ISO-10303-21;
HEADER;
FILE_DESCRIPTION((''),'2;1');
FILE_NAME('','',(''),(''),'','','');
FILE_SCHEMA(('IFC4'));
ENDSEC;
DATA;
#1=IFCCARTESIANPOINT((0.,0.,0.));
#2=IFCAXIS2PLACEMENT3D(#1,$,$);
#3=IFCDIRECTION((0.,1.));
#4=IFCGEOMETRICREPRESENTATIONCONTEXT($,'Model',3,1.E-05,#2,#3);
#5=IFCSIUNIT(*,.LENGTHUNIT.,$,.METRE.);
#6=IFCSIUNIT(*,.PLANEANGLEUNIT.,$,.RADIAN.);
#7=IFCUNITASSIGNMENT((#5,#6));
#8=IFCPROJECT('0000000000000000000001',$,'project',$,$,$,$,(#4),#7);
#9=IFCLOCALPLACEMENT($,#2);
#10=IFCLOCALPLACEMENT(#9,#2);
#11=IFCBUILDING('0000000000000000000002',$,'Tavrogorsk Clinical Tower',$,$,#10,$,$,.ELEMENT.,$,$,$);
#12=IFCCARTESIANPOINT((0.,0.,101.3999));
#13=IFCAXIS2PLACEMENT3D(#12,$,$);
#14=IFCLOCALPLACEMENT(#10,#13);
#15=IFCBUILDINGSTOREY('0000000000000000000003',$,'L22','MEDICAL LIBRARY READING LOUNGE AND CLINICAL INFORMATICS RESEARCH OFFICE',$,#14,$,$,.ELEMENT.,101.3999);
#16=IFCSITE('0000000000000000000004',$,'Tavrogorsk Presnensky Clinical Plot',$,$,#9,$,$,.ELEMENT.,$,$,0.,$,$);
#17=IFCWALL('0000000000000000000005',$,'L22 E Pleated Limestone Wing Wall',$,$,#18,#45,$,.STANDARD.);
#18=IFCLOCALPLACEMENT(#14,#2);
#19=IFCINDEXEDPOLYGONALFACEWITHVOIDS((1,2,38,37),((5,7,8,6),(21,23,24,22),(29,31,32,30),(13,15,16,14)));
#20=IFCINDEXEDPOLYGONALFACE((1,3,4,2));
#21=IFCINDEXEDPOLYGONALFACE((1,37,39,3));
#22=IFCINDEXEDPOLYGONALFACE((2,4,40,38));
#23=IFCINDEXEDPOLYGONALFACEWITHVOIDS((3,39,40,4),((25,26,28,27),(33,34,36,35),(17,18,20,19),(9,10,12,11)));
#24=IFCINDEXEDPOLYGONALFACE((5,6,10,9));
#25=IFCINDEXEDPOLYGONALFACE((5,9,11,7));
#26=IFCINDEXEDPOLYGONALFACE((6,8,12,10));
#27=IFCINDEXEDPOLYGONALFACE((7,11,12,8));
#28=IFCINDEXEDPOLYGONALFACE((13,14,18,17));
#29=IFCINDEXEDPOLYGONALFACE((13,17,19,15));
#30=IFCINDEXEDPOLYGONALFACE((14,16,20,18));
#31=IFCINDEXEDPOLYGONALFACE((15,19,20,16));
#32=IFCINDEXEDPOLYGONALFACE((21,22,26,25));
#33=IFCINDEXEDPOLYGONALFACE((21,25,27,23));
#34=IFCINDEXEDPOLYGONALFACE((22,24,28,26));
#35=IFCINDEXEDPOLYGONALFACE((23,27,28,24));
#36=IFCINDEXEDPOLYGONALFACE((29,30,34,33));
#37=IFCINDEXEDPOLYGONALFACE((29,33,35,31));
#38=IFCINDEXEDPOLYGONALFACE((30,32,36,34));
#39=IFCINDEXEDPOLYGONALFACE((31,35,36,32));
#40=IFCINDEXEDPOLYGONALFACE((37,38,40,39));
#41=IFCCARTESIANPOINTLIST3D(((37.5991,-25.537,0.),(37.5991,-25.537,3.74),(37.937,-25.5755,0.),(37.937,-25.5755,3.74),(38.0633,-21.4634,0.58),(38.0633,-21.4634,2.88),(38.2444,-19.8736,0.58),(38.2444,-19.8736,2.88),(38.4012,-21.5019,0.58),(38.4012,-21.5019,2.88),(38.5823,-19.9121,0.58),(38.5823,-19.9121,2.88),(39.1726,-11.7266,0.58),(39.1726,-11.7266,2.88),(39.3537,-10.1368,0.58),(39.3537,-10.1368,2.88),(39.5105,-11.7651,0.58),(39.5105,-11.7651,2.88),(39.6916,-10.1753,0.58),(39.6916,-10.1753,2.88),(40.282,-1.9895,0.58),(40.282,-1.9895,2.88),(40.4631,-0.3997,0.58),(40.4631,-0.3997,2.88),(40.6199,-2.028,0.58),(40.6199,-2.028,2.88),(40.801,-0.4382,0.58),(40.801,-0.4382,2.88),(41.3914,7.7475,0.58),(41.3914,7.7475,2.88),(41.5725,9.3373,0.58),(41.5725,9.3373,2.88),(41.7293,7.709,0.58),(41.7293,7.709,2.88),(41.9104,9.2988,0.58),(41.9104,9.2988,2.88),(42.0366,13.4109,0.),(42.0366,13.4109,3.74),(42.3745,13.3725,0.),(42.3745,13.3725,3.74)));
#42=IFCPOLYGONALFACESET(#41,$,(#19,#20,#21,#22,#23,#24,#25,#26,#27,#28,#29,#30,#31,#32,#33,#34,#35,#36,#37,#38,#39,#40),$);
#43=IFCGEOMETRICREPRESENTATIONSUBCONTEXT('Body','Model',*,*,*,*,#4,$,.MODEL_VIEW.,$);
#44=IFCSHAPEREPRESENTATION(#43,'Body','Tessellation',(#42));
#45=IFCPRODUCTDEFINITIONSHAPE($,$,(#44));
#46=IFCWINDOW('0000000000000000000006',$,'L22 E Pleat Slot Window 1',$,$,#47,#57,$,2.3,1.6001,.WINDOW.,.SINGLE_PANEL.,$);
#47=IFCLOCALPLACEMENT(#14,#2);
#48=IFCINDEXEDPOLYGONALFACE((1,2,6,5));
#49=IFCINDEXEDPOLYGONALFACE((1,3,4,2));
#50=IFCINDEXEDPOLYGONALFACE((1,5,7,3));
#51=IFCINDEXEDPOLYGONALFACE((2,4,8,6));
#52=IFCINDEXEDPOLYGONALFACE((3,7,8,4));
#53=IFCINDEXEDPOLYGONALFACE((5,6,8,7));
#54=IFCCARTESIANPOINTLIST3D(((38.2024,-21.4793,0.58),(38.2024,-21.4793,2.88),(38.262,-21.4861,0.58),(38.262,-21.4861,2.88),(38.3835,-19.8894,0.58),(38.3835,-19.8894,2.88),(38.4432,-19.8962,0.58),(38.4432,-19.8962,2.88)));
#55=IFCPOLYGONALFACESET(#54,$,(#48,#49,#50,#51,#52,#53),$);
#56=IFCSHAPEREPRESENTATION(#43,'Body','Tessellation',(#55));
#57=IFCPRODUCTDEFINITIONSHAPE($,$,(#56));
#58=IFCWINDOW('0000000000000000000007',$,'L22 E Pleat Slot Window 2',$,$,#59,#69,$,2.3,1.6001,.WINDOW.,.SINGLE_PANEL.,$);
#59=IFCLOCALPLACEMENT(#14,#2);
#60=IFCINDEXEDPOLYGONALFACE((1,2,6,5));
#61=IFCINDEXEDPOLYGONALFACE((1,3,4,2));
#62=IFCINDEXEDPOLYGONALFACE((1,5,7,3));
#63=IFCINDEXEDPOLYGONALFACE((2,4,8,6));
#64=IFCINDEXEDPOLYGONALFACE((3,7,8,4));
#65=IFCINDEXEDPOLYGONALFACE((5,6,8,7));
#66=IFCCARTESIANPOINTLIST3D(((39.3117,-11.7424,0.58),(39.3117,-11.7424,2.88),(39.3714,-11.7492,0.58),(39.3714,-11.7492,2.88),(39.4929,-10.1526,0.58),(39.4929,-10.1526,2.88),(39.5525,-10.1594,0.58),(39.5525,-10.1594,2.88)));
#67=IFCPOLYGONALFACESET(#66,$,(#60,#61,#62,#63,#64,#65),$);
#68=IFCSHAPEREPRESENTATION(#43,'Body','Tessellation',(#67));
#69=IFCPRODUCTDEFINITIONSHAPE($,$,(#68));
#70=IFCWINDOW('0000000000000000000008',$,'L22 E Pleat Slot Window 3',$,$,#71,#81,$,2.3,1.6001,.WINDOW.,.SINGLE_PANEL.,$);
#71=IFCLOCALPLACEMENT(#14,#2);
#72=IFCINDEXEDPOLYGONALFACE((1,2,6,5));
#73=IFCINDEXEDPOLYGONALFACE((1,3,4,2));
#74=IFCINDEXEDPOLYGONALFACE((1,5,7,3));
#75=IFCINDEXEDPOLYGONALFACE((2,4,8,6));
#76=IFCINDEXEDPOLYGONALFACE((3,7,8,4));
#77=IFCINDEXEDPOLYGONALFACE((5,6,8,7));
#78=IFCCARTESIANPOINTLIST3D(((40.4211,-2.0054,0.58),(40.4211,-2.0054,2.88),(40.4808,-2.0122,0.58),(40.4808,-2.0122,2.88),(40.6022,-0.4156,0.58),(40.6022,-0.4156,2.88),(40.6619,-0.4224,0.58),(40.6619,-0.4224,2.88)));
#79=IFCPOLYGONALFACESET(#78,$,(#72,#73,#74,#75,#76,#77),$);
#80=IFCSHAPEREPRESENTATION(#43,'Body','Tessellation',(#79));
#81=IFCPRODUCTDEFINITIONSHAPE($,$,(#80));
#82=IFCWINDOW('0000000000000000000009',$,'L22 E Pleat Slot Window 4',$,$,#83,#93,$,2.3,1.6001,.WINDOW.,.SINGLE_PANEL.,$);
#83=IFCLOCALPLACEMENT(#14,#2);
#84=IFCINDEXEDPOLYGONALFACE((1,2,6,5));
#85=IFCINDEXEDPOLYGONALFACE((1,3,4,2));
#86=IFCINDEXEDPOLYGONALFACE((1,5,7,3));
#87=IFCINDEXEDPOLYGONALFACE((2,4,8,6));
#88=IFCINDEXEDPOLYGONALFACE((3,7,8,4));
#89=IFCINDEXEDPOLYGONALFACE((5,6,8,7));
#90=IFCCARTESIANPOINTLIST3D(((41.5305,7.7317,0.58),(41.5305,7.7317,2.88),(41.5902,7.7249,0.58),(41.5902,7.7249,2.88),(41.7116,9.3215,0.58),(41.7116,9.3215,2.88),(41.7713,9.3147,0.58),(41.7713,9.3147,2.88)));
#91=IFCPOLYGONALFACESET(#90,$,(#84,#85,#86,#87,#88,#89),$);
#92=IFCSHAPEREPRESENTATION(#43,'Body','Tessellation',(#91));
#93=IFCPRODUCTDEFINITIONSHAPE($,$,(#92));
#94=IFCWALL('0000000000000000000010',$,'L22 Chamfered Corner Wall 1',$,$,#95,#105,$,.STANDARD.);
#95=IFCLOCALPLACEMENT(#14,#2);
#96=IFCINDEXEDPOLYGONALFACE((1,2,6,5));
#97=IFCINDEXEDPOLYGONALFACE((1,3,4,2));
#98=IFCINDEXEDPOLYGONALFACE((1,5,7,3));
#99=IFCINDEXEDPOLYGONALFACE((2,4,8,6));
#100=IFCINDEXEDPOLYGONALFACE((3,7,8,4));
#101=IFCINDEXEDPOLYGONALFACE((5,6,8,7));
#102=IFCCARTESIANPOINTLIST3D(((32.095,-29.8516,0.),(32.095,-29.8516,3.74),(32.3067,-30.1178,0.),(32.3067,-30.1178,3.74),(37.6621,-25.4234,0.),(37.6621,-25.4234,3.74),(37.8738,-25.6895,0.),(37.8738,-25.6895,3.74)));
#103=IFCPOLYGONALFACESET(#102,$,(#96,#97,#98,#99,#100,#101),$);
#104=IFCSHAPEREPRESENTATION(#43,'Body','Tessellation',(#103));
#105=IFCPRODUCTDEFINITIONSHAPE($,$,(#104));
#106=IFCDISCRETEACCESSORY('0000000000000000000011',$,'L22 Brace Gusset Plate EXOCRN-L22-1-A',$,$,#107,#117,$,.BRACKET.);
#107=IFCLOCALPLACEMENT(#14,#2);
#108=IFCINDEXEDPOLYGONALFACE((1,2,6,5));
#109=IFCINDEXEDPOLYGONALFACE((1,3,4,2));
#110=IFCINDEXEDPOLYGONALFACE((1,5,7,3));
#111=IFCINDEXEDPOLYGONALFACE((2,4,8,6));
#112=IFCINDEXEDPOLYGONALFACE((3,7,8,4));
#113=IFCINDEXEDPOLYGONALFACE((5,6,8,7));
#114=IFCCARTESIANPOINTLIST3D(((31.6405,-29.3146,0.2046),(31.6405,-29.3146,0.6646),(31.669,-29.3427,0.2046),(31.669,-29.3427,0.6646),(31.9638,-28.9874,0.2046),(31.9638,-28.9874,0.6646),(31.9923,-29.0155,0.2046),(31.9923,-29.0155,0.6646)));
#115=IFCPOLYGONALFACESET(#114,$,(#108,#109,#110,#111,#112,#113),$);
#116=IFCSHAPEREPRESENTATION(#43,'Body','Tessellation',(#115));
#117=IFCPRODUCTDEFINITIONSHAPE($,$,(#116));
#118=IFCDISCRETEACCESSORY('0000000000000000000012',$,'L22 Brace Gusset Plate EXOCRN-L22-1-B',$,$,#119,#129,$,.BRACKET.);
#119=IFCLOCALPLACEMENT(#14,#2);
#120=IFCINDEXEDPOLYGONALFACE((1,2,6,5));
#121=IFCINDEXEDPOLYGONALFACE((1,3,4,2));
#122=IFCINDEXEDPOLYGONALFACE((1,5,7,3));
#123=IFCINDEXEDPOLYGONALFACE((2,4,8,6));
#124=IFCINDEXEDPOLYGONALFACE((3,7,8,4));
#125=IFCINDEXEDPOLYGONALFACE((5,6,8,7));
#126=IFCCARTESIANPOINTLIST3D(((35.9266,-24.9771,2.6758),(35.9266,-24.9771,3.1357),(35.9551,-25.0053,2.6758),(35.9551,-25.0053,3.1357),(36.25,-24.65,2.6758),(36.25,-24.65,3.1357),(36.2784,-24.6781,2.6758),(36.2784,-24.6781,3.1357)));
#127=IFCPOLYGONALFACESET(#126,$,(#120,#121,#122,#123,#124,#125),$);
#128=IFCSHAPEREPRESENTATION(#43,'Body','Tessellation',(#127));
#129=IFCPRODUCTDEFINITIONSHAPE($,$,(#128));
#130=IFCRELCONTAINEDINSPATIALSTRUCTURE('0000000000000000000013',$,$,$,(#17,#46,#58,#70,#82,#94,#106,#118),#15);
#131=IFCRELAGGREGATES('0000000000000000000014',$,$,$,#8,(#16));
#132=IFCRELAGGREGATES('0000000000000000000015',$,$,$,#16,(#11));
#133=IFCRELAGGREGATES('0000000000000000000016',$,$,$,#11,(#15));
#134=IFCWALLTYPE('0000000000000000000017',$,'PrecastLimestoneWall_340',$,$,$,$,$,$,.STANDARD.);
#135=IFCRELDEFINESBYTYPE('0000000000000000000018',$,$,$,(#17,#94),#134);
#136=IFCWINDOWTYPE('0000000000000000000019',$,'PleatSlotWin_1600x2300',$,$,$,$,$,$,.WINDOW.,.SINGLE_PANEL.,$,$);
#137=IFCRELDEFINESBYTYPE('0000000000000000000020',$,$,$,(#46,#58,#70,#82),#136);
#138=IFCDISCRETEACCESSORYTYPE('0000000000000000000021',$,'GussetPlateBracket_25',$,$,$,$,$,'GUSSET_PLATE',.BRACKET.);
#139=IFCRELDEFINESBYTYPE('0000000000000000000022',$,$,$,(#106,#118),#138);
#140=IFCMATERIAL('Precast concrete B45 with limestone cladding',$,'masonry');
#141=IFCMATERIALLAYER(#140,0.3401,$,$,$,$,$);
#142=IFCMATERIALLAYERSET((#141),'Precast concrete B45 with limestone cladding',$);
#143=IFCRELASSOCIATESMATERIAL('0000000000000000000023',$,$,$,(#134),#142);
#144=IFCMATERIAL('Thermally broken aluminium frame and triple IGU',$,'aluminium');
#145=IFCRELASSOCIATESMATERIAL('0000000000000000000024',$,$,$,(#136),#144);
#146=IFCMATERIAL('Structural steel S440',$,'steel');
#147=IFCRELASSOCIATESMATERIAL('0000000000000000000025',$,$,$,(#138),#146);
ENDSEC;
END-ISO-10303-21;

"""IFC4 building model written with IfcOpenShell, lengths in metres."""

from ifc_helpers import new_model, si_unit, direction, frame, frame_2d, origin, origin_2d, place, context, subcontext, project, spatial, rectangle, extrude, material, layer, layer_set, type_object, element, fill, save


model = new_model("IFC4")

# Units and contexts
model_context = context("Model", 3, precision=1e-05, world=origin(), true_north=direction((0.0, 1.0)))
body_context = subcontext(model_context, "Body", "Model", "MODEL_VIEW")
ifc_project = project(units=[si_unit("LENGTHUNIT", "METRE"), si_unit("PLANEANGLEUNIT", "RADIAN")], contexts=[model_context])

# Site, building, storey
site_placement = place(None, origin())
site = spatial("IfcSite", under=ifc_project, at=site_placement, Name="Tavrogorsk Presnensky Clinical Plot", CompositionType="ELEMENT", RefElevation=0.0)
building_placement = place(site_placement, origin())
building = spatial("IfcBuilding", under=site, at=building_placement, Name="Tavrogorsk Clinical Tower", CompositionType="ELEMENT")
storey_placement = place(building_placement, frame((0.0, 0.0, 101.3999)))
storey = spatial("IfcBuildingStorey", under=building, at=storey_placement, Name="L22", Description="MEDICAL LIBRARY READING LOUNGE AND CLINICAL INFORMATICS RESEARCH OFFICE", CompositionType="ELEMENT", Elevation=101.3999)

# Wall, openings, windows
ifc_material_1 = material(Name="Precast concrete B45 with limestone cladding", Category="masonry")
ifc_layer_1 = layer(ifc_material_1, 0.3401)
ifc_layer_set_1 = layer_set([ifc_layer_1], Name="Precast concrete B45 with limestone cladding")
wall_type_1 = type_object("IfcWallType", Name="PrecastLimestoneWall_340", PredefinedType="STANDARD", material=ifc_layer_set_1)
wall_1_placement = place(storey_placement, frame((37.7681, -25.5564, 0.0), z_axis=(0.0, 0.0, 1.0), x_axis=(0.113202, 0.993572, 0.0)))
wall_1 = element("IfcWall", 1, at=wall_1_placement, inside=storey, type_object=wall_type_1, Name="L22 E Pleated Limestone Wing Wall", PredefinedType="STANDARD", context=body_context, shape_type="SweptSolid", body=[
    extrude(rectangle(XDim=39.2, YDim=0.3401, at=frame_2d((19.6001, 0.0))), origin(), (0.0, 0.0, 1.0), 3.74),
])
opening_1_placement = place(wall_1_placement, frame((4.1001, 0.0, 0.5801)))
opening_1 = element("IfcOpeningElement", 2, at=opening_1_placement, cuts=wall_1, PredefinedType="OPENING", context=body_context, shape_type="SweptSolid", body=[
    extrude(rectangle(XDim=1.6001, YDim=2.3, at=frame_2d((0.8, 1.1499))), frame((0.0, 0.1799, 0.0), z_axis=(0.0, -1.0, 0.0), x_axis=(1.0, 0.0, 0.0)), (0.0, 0.0, 1.0), 0.3601),
])
opening_2_placement = place(wall_1_placement, frame((13.8999, 0.0, 0.5801)))
opening_2 = element("IfcOpeningElement", 3, at=opening_2_placement, cuts=wall_1, PredefinedType="OPENING", context=body_context, shape_type="SweptSolid", body=[
    extrude(rectangle(XDim=1.6001, YDim=2.3, at=frame_2d((0.8, 1.1499))), frame((0.0, 0.1799, 0.0), z_axis=(0.0, -1.0, 0.0), x_axis=(1.0, 0.0, 0.0)), (0.0, 0.0, 1.0), 0.3601),
])
opening_3_placement = place(wall_1_placement, frame((23.7, 0.0, 0.5801)))
opening_3 = element("IfcOpeningElement", 4, at=opening_3_placement, cuts=wall_1, PredefinedType="OPENING", context=body_context, shape_type="SweptSolid", body=[
    extrude(rectangle(XDim=1.6001, YDim=2.3, at=frame_2d((0.8, 1.1499))), frame((0.0, 0.1799, 0.0), z_axis=(0.0, -1.0, 0.0), x_axis=(1.0, 0.0, 0.0)), (0.0, 0.0, 1.0), 0.3601),
])
opening_4_placement = place(wall_1_placement, frame((33.5, 0.0, 0.5801)))
opening_4 = element("IfcOpeningElement", 5, at=opening_4_placement, cuts=wall_1, PredefinedType="OPENING", context=body_context, shape_type="SweptSolid", body=[
    extrude(rectangle(XDim=1.6001, YDim=2.3, at=frame_2d((0.8, 1.1499))), frame((0.0, 0.1799, 0.0), z_axis=(0.0, -1.0, 0.0), x_axis=(1.0, 0.0, 0.0)), (0.0, 0.0, 1.0), 0.3601),
])
ifc_material_2 = material(Name="Thermally broken aluminium frame and triple IGU", Category="aluminium")
window_type = type_object("IfcWindowType", Name="PleatSlotWin_1600x2300", PartitioningType="SINGLE_PANEL", PredefinedType="WINDOW", material=ifc_material_2)
window_1_placement = place(opening_1_placement, origin())
window_1 = element("IfcWindow", 6, at=window_1_placement, inside=storey, type_object=window_type, Name="L22 E Pleat Slot Window 1", OverallHeight=2.3, OverallWidth=1.6001, PartitioningType="SINGLE_PANEL", PredefinedType="WINDOW", context=body_context, shape_type="SweptSolid", body=[
    extrude(rectangle(XDim=1.6001, YDim=2.3, at=frame_2d((0.8, 1.1499))), frame((0.0, 0.03, 0.0), z_axis=(0.0, -1.0, 0.0), x_axis=(1.0, 0.0, 0.0)), (0.0, 0.0, 1.0), 0.0601),
])
fill(opening_1, window_1)
window_2_placement = place(opening_2_placement, origin())
window_2 = element("IfcWindow", 7, at=window_2_placement, inside=storey, type_object=window_type, Name="L22 E Pleat Slot Window 2", OverallHeight=2.3, OverallWidth=1.6001, PartitioningType="SINGLE_PANEL", PredefinedType="WINDOW", context=body_context, shape_type="SweptSolid", body=[
    extrude(rectangle(XDim=1.6001, YDim=2.3, at=frame_2d((0.8, 1.1499))), frame((0.0, 0.03, 0.0), z_axis=(0.0, -1.0, 0.0), x_axis=(1.0, 0.0, 0.0)), (0.0, 0.0, 1.0), 0.0601),
])
fill(opening_2, window_2)
window_3_placement = place(opening_3_placement, origin())
window_3 = element("IfcWindow", 8, at=window_3_placement, inside=storey, type_object=window_type, Name="L22 E Pleat Slot Window 3", OverallHeight=2.3, OverallWidth=1.6001, PartitioningType="SINGLE_PANEL", PredefinedType="WINDOW", context=body_context, shape_type="SweptSolid", body=[
    extrude(rectangle(XDim=1.6001, YDim=2.3, at=frame_2d((0.8, 1.1499))), frame((0.0, 0.03, 0.0), z_axis=(0.0, -1.0, 0.0), x_axis=(1.0, 0.0, 0.0)), (0.0, 0.0, 1.0), 0.0601),
])
fill(opening_3, window_3)
window_4_placement = place(opening_4_placement, origin())
window_4 = element("IfcWindow", 9, at=window_4_placement, inside=storey, type_object=window_type, Name="L22 E Pleat Slot Window 4", OverallHeight=2.3, OverallWidth=1.6001, PartitioningType="SINGLE_PANEL", PredefinedType="WINDOW", context=body_context, shape_type="SweptSolid", body=[
    extrude(rectangle(XDim=1.6001, YDim=2.3, at=frame_2d((0.8, 1.1499))), frame((0.0, 0.03, 0.0), z_axis=(0.0, -1.0, 0.0), x_axis=(1.0, 0.0, 0.0)), (0.0, 0.0, 1.0), 0.0601),
])
fill(opening_4, window_4)

# Wall
wall_2_placement = place(storey_placement, frame((32.2009, -29.9846, 0.0), z_axis=(0.0, 0.0, 1.0), x_axis=(0.782614, 0.622508, 0.0)))
element("IfcWall", 10, at=wall_2_placement, inside=storey, type_object=wall_type_1, Name="L22 Chamfered Corner Wall 1", PredefinedType="STANDARD", context=body_context, shape_type="SweptSolid", body=[
    extrude(rectangle(XDim=7.1135, YDim=0.3401, at=frame_2d((3.5566, 0.0))), origin(), (0.0, 0.0, 1.0), 3.74),
])

# Discrete accessories
ifc_material_3 = material(Name="Structural steel S440", Category="steel")
discrete_accessory_type = type_object("IfcDiscreteAccessoryType", Name="GussetPlateBracket_25", ElementType="GUSSET_PLATE", PredefinedType="BRACKET", material=ifc_material_3)
for number, where, z_axis, x_axis, name in (
    (11, (31.8164, -29.165, 0.2046), (0.0, 0.0, 1.0), (0.702898, 0.71129, 0.0), "L22 Brace Gusset Plate EXOCRN-L22-1-A"),
    (12, (36.1025, -24.8276, 2.6758), (0.0, 0.0, 1.0), (0.702898, 0.71129, 0.0), "L22 Brace Gusset Plate EXOCRN-L22-1-B"),
):
    element("IfcDiscreteAccessory", number, at=place(storey_placement, frame(where, z_axis=z_axis, x_axis=x_axis)), inside=storey, type_object=discrete_accessory_type, Name=name, PredefinedType="BRACKET", context=body_context, shape_type="SweptSolid", body=[
        extrude(rectangle(XDim=0.46, YDim=0.04, at=origin_2d()), origin(), (0.0, 0.0, 1.0), 0.46),
    ])

save(model, "model.ifc")
